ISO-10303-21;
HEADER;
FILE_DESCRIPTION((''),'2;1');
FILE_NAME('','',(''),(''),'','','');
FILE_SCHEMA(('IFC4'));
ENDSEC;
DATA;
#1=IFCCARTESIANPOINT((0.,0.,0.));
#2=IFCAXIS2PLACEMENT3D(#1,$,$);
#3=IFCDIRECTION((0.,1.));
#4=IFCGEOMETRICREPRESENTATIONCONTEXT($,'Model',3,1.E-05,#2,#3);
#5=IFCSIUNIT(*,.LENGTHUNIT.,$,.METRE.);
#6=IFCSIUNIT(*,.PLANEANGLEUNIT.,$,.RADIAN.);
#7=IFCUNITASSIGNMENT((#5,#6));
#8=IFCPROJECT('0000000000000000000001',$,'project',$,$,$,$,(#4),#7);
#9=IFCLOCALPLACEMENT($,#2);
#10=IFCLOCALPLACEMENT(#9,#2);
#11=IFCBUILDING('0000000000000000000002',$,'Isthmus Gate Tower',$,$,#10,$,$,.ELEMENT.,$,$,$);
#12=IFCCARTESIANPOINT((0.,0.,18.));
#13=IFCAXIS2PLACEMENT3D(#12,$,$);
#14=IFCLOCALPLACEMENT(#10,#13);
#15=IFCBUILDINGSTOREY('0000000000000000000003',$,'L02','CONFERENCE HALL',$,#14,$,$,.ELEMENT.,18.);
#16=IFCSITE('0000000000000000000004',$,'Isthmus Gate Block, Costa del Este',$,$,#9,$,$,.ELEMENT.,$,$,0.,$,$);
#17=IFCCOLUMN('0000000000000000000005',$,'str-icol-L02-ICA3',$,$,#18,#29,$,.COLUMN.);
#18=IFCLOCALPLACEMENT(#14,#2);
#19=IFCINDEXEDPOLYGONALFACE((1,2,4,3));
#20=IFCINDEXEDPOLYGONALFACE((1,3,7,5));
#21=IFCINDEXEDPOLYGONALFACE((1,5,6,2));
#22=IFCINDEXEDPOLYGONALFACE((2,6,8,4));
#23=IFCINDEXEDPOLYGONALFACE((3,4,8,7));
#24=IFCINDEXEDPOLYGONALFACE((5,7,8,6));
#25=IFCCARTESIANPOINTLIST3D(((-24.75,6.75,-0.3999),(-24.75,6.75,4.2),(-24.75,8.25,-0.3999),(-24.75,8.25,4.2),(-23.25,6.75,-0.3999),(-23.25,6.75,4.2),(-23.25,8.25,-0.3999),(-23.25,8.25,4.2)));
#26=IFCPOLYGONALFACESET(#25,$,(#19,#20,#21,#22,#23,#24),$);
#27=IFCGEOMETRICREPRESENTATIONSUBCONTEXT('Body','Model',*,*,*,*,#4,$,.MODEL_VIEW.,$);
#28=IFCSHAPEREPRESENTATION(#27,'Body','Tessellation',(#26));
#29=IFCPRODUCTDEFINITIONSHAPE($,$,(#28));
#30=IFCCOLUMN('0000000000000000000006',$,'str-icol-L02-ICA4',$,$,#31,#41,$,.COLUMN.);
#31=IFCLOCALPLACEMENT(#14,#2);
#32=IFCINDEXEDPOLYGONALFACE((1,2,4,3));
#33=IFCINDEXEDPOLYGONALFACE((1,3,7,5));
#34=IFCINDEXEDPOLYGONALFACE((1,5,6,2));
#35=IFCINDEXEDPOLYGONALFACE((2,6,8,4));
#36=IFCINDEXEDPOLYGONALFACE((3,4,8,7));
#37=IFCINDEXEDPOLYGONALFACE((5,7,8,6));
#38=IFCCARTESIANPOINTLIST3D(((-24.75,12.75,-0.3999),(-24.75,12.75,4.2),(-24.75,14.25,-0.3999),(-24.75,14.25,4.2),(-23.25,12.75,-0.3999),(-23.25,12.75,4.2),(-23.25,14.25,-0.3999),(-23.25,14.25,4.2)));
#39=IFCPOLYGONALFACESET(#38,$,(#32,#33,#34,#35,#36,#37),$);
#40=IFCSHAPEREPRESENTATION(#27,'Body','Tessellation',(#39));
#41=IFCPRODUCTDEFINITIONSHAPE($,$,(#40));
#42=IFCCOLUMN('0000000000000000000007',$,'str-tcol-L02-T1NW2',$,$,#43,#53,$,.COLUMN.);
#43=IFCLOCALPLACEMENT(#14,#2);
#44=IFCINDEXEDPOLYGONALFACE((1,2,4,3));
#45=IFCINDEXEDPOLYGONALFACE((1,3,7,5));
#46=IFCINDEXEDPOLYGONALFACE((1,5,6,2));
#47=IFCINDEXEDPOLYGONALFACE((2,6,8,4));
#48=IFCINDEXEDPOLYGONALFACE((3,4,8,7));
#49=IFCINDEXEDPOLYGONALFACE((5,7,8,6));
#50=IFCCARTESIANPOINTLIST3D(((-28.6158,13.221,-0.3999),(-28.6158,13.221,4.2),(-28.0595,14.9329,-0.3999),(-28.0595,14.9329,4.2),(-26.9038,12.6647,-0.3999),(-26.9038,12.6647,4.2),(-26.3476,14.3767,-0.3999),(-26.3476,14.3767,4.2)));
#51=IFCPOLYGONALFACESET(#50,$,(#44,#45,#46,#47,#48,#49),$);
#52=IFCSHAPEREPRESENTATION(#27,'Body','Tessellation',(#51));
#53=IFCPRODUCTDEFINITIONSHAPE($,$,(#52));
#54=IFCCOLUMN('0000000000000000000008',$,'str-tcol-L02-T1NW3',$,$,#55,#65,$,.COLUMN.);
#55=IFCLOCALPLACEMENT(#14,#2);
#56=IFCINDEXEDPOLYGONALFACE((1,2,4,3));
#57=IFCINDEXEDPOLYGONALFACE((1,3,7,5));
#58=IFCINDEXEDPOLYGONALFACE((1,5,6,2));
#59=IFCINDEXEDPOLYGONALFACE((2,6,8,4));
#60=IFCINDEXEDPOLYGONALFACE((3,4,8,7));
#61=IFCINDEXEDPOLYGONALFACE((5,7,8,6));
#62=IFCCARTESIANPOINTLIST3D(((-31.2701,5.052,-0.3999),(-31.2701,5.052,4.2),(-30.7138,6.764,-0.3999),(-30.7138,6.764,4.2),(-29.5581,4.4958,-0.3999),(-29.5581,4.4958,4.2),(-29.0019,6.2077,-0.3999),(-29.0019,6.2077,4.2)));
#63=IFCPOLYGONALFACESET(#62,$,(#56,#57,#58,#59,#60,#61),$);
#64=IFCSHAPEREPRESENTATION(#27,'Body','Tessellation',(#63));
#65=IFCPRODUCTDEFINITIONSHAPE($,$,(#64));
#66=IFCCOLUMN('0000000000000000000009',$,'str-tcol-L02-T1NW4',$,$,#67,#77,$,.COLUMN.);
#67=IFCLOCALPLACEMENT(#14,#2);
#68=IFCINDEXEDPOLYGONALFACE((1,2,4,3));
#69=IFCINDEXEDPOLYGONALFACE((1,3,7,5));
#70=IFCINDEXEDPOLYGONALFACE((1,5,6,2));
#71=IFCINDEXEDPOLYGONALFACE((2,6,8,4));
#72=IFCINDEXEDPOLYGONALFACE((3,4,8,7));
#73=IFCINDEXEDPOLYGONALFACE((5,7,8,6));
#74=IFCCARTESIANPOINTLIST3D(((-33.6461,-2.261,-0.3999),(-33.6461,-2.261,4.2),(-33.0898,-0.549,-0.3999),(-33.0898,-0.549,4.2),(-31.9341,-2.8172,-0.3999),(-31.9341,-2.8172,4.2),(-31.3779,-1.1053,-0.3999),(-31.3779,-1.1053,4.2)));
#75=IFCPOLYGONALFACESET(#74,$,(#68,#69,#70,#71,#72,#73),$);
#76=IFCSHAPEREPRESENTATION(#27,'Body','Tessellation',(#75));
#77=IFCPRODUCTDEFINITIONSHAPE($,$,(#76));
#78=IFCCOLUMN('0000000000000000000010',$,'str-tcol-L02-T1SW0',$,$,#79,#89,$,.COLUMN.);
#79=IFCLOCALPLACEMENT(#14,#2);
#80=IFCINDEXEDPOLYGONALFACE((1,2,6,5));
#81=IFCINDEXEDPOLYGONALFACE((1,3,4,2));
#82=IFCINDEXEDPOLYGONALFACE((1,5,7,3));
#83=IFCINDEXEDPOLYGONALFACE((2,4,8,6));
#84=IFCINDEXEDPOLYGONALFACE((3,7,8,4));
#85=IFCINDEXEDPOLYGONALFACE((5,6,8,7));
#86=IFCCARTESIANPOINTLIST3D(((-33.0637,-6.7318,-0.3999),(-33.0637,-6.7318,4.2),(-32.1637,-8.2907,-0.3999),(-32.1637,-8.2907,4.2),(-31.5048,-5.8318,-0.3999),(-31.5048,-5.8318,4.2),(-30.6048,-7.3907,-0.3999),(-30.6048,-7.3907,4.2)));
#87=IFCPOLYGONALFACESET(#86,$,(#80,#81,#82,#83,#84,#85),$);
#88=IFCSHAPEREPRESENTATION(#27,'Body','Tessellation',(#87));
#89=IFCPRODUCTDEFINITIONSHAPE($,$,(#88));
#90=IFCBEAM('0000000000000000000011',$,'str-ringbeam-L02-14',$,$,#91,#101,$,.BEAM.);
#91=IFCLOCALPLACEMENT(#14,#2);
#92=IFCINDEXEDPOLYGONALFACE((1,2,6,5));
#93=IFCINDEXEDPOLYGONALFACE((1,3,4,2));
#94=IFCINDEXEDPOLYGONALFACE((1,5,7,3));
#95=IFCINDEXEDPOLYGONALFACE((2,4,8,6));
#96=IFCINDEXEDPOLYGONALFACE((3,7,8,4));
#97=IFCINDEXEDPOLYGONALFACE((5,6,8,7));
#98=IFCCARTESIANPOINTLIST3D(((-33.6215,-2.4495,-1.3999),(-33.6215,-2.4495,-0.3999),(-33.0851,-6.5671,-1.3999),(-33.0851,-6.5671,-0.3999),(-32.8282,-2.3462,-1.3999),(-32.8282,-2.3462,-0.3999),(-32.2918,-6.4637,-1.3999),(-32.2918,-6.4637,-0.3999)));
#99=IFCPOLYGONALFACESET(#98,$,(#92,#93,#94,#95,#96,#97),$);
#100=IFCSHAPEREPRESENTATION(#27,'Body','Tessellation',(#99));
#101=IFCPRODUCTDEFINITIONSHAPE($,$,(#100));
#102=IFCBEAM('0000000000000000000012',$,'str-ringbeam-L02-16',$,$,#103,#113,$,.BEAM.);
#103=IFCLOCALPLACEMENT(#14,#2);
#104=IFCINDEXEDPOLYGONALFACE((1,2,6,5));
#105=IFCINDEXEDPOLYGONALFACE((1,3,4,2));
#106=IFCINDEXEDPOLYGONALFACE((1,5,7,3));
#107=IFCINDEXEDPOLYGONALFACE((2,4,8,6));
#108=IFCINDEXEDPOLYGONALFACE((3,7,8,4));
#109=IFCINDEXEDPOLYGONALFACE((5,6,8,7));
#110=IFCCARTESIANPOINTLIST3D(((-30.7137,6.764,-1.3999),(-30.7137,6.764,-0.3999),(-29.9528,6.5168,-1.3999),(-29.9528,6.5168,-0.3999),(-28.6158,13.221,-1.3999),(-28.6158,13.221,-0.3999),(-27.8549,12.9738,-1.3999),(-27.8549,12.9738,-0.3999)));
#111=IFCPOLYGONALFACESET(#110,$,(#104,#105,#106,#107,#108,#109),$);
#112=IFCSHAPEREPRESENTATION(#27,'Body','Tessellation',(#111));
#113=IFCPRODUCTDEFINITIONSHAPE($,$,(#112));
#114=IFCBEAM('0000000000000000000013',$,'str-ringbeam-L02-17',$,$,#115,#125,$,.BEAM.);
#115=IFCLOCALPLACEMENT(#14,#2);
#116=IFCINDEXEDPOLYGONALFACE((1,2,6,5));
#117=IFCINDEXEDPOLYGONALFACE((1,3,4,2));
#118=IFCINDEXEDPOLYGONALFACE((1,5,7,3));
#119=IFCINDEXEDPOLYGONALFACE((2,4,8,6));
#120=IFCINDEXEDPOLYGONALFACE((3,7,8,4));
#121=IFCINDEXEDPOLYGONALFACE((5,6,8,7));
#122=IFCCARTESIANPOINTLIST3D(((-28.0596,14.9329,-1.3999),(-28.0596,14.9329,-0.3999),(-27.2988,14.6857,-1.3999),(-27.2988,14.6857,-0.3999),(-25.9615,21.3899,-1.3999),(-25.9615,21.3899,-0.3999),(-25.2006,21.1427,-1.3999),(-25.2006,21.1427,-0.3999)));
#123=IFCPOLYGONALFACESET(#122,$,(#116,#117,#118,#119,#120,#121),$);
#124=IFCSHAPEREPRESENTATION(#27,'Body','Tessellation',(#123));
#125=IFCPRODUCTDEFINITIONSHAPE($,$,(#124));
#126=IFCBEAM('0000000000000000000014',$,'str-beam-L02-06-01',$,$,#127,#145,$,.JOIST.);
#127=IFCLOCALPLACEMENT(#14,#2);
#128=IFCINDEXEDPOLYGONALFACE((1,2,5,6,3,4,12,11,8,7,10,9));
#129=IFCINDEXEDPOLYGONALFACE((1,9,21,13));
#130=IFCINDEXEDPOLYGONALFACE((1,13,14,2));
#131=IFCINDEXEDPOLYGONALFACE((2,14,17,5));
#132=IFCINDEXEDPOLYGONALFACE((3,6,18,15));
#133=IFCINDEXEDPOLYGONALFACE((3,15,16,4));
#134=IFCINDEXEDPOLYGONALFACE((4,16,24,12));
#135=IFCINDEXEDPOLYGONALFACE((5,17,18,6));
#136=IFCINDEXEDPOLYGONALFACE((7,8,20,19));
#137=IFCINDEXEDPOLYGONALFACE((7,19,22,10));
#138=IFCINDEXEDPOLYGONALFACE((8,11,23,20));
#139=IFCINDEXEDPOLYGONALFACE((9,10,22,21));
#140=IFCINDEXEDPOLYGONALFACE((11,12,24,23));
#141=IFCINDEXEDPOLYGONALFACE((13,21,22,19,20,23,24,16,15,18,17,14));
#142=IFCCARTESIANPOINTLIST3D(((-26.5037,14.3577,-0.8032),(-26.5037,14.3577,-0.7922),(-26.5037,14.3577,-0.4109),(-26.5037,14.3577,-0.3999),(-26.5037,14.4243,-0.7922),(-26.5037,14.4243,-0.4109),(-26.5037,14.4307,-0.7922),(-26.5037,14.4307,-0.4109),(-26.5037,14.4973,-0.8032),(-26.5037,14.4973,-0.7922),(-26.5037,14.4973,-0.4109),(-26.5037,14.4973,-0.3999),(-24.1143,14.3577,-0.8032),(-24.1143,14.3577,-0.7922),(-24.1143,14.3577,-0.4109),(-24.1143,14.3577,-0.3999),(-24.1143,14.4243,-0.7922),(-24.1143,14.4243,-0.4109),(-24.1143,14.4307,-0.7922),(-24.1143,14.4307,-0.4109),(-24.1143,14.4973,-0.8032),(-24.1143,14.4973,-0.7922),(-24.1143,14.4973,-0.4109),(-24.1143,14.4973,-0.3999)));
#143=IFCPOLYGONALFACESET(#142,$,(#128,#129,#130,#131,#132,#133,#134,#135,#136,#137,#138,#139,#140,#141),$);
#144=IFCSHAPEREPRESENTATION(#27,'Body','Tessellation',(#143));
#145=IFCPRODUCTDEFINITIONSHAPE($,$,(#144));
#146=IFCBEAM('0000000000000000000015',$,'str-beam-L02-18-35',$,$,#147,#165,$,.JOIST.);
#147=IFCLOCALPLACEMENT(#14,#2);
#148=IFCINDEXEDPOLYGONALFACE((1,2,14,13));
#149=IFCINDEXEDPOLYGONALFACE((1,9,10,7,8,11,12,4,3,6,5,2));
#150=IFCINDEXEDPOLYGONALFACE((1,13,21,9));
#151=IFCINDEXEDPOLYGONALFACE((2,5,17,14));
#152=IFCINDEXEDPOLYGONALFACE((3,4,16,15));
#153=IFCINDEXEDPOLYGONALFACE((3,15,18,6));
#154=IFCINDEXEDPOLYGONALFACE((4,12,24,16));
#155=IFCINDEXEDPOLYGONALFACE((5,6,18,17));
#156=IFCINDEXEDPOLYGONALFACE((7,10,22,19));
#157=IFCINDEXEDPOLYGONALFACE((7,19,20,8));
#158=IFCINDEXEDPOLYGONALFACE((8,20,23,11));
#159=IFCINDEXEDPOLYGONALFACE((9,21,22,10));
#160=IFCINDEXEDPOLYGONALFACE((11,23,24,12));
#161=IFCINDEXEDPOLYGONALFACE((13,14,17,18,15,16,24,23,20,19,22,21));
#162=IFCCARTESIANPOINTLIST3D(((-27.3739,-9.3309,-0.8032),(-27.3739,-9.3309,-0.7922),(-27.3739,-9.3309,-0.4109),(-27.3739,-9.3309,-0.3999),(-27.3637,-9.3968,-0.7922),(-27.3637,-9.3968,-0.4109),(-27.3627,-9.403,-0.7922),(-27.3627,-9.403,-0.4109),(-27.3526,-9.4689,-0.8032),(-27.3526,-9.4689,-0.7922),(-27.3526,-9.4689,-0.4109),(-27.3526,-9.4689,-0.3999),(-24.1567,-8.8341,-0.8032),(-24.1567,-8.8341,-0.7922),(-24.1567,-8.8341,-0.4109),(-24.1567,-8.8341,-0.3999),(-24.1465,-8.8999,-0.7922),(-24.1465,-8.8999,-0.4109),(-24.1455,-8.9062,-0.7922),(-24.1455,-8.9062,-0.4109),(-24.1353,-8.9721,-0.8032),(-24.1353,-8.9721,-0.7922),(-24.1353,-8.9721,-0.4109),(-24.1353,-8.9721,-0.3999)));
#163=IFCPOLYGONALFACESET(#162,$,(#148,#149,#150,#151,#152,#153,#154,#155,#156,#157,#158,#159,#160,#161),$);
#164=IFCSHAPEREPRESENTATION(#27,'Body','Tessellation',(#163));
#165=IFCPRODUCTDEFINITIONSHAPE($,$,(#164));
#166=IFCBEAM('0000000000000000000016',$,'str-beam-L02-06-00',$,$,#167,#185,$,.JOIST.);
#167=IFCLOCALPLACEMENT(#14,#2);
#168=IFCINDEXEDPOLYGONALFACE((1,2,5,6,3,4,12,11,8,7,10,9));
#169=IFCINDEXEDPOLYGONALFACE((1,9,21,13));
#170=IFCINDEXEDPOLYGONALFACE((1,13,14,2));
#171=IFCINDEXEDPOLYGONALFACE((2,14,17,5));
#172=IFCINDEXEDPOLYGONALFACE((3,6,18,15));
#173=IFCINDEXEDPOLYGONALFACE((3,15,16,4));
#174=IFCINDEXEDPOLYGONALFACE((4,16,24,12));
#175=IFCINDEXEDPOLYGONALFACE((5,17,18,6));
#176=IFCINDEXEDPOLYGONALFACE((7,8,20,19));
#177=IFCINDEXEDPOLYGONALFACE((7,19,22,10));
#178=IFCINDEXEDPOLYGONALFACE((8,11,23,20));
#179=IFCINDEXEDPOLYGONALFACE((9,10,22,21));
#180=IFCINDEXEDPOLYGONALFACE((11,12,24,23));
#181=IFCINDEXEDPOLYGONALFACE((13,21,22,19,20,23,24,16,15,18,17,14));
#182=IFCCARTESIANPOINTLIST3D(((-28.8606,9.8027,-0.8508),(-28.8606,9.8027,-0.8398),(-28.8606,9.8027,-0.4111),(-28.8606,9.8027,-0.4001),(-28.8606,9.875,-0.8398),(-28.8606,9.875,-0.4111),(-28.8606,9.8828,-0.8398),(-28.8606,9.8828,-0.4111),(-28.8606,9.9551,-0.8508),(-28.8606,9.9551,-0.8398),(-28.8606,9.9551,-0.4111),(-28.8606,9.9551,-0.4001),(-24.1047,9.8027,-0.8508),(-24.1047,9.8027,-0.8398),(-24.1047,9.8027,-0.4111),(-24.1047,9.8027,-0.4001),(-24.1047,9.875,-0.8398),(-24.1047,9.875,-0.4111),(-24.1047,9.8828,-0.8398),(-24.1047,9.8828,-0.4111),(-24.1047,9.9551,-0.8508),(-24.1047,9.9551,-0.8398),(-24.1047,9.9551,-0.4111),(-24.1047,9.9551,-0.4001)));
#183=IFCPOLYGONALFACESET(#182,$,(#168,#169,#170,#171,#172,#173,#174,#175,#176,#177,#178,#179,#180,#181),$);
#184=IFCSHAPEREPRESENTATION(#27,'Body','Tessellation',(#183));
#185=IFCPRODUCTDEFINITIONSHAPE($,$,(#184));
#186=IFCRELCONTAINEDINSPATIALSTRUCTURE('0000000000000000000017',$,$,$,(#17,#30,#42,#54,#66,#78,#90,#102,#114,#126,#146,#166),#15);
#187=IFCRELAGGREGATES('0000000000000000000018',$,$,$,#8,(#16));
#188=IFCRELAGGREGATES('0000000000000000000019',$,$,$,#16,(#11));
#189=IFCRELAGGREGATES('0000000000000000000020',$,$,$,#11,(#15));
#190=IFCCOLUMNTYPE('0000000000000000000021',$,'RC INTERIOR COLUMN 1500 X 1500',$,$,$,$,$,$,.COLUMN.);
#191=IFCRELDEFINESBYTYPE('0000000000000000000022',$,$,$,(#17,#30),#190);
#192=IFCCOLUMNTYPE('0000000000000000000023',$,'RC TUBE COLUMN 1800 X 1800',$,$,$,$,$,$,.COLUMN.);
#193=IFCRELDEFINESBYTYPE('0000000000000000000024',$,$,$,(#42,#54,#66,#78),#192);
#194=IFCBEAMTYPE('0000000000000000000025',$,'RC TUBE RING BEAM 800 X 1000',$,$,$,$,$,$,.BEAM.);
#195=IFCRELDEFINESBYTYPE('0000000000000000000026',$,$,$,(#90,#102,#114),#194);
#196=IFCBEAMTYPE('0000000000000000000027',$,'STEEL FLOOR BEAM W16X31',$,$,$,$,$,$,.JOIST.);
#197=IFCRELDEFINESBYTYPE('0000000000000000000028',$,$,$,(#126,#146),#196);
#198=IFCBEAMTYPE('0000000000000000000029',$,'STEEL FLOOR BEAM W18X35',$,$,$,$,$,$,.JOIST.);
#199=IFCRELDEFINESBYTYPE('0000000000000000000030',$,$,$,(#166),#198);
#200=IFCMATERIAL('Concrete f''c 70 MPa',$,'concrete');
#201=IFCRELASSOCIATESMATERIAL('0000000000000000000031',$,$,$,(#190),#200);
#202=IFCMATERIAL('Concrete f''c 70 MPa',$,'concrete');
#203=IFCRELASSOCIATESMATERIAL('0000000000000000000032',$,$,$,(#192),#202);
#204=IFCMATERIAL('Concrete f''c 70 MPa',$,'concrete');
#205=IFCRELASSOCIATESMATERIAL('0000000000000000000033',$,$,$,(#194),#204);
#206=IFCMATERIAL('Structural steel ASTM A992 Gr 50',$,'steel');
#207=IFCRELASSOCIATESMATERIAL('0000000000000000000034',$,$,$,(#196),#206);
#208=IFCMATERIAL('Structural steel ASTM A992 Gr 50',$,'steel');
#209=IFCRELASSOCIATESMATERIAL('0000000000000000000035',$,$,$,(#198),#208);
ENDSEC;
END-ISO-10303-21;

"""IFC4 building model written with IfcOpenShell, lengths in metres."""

from ifc_helpers import new_model, si_unit, direction, frame, origin, origin_2d, place, context, subcontext, project, spatial, rectangle, i_section, extrude, material, material_profile, profile_set, type_object, element, save


model = new_model("IFC4")

# Units and contexts
model_context = context("Model", 3, precision=1e-05, world=origin(), true_north=direction((0.0, 1.0)))
body_context = subcontext(model_context, "Body", "Model", "MODEL_VIEW")
ifc_project = project(units=[si_unit("LENGTHUNIT", "METRE"), si_unit("PLANEANGLEUNIT", "RADIAN")], contexts=[model_context])

# Site, building, storey
site_placement = place(None, origin())
site = spatial("IfcSite", under=ifc_project, at=site_placement, Name="Isthmus Gate Block, Costa del Este", CompositionType="ELEMENT", RefElevation=0.0)
building_placement = place(site_placement, origin())
building = spatial("IfcBuilding", under=site, at=building_placement, Name="Isthmus Gate Tower", CompositionType="ELEMENT")
storey_placement = place(building_placement, frame((0.0, 0.0, 18.0)))
storey = spatial("IfcBuildingStorey", under=building, at=storey_placement, Name="L02", Description="CONFERENCE HALL", CompositionType="ELEMENT", Elevation=18.0)

# Columns
ifc_material_1 = material(Name="Concrete f'c 70 MPa", Category="concrete")
ifc_material_profile_1 = material_profile(ifc_material_1, rectangle(XDim=1.5, YDim=1.5, at=origin_2d()), Name="RC 1500X1500")
ifc_profile_set_1 = profile_set([ifc_material_profile_1], Name="Concrete f'c 70 MPa")
column_type_1 = type_object("IfcColumnType", Name="RC INTERIOR COLUMN 1500 X 1500", PredefinedType="COLUMN", material=ifc_profile_set_1)
for number, where, z_axis, x_axis, name in (
    (1, (-24.0, 7.5, -0.3999), (0.0, 0.0, 1.0), (1.0, 0.0, 0.0), "str-icol-L02-ICA3"),
    (2, (-24.0, 13.5, -0.3999), (0.0, 0.0, 1.0), (1.0, 0.0, 0.0), "str-icol-L02-ICA4"),
):
    element("IfcColumn", number, at=place(storey_placement, frame(where, z_axis=z_axis, x_axis=x_axis)), inside=storey, type_object=column_type_1, Name=name, PredefinedType="COLUMN", context=body_context, shape_type="SweptSolid", body=[
        extrude(rectangle(XDim=1.5, YDim=1.5, at=origin_2d()), origin(), (0.0, 0.0, 1.0), 4.5999),
    ])
ifc_material_2 = material(Name="Concrete f'c 70 MPa", Category="concrete")
ifc_material_profile_2 = material_profile(ifc_material_2, rectangle(XDim=1.8, YDim=1.8, at=origin_2d()), Name="RC 1800X1800")
ifc_profile_set_2 = profile_set([ifc_material_profile_2], Name="Concrete f'c 70 MPa")
column_type_2 = type_object("IfcColumnType", Name="RC TUBE COLUMN 1800 X 1800", PredefinedType="COLUMN", material=ifc_profile_set_2)
for number, where, z_axis, x_axis, name in (
    (3, (-27.4817, 13.7988, -0.3999), (0.0, 0.0, 1.0), (-0.309017, -0.951057, 0.0), "str-tcol-L02-T1NW2"),
    (4, (-30.136, 5.6299, -0.3999), (0.0, 0.0, 1.0), (-0.309017, -0.951057, 0.0), "str-tcol-L02-T1NW3"),
    (5, (-32.512, -1.6831, -0.3999), (0.0, 0.0, 1.0), (-0.309017, -0.951057, 0.0), "str-tcol-L02-T1NW4"),
    (6, (-31.8342, -7.0613, -0.3999), (0.0, 0.0, 1.0), (0.5, -0.866025, 0.0), "str-tcol-L02-T1SW0"),
):
    element("IfcColumn", number, at=place(storey_placement, frame(where, z_axis=z_axis, x_axis=x_axis)), inside=storey, type_object=column_type_2, Name=name, PredefinedType="COLUMN", context=body_context, shape_type="SweptSolid", body=[
        extrude(rectangle(XDim=1.8, YDim=1.8, at=origin_2d()), origin(), (0.0, 0.0, 1.0), 4.5999),
    ])

# Beams
ifc_material_3 = material(Name="Concrete f'c 70 MPa", Category="concrete")
ifc_material_profile_3 = material_profile(ifc_material_3, rectangle(XDim=0.8, YDim=1.0, at=origin_2d()), Name="RC 800X1000")
ifc_profile_set_3 = profile_set([ifc_material_profile_3], Name="Concrete f'c 70 MPa")
beam_type_1 = type_object("IfcBeamType", Name="RC TUBE RING BEAM 800 X 1000", PredefinedType="BEAM", material=ifc_profile_set_3)
beam_1_placement = place(storey_placement, frame((-32.6885, -6.5154, -0.8999), z_axis=(-0.129171, 0.991622, 0.0), x_axis=(-0.991622, -0.129171, 0.0)))
element("IfcBeam", 7, at=beam_1_placement, inside=storey, type_object=beam_type_1, Name="str-ringbeam-L02-14", PredefinedType="BEAM", context=body_context, shape_type="SweptSolid", body=[
    extrude(rectangle(XDim=0.8, YDim=1.0, at=origin_2d()), origin(), (0.0, 0.0, 1.0), 4.1523),
])
for number, where, z_axis, x_axis, name in (
    (8, (-30.3333, 6.6404, -0.8999), (0.309002, 0.951062, 0.0), (-0.951062, 0.309002, 0.0), "str-ringbeam-L02-16"),
    (9, (-27.6792, 14.8093, -0.8999), (0.309034, 0.951051, 0.0), (-0.951051, 0.309034, 0.0), "str-ringbeam-L02-17"),
):
    element("IfcBeam", number, at=place(storey_placement, frame(where, z_axis=z_axis, x_axis=x_axis)), inside=storey, type_object=beam_type_1, Name=name, PredefinedType="BEAM", context=body_context, shape_type="SweptSolid", body=[
        extrude(rectangle(XDim=0.8, YDim=1.0, at=origin_2d()), origin(), (0.0, 0.0, 1.0), 6.7893),
    ])
ifc_material_4 = material(Name="Structural steel ASTM A992 Gr 50", Category="steel")
ifc_material_profile_4 = material_profile(ifc_material_4, i_section(OverallWidth=0.1396, OverallDepth=0.4033, WebThickness=0.0063, FlangeThickness=0.011, at=origin_2d()), Name="W16X31")
ifc_profile_set_4 = profile_set([ifc_material_profile_4], Name="Structural steel ASTM A992 Gr 50")
beam_type_2 = type_object("IfcBeamType", Name="STEEL FLOOR BEAM W16X31", PredefinedType="JOIST", material=ifc_profile_set_4)
beam_2_placement = place(storey_placement, frame((-26.5037, 14.4275, -0.6016), z_axis=(1.0, 0.0, 0.0), x_axis=(0.0, 1.0, 0.0)))
element("IfcBeam", 10, at=beam_2_placement, inside=storey, type_object=beam_type_2, Name="str-beam-L02-06-01", PredefinedType="JOIST", context=body_context, shape_type="SweptSolid", body=[
    extrude(i_section(OverallWidth=0.1396, OverallDepth=0.4033, WebThickness=0.0063, FlangeThickness=0.011, at=origin_2d()), origin(), (0.0, 0.0, 1.0), 2.3894),
])
beam_3_placement = place(storey_placement, frame((-24.146, -8.9031, -0.6016), z_axis=(-0.988286, -0.152615, 0.0), x_axis=(0.152615, -0.988286, 0.0)))
element("IfcBeam", 11, at=beam_3_placement, inside=storey, type_object=beam_type_2, Name="str-beam-L02-18-35", PredefinedType="JOIST", context=body_context, shape_type="SweptSolid", body=[
    extrude(i_section(OverallWidth=0.1396, OverallDepth=0.4033, WebThickness=0.0063, FlangeThickness=0.011, at=origin_2d()), origin(), (0.0, 0.0, 1.0), 3.2554),
])
ifc_material_5 = material(Name="Structural steel ASTM A992 Gr 50", Category="steel")
ifc_material_profile_5 = material_profile(ifc_material_5, i_section(OverallWidth=0.1523, OverallDepth=0.4507, WebThickness=0.0078, FlangeThickness=0.011, at=origin_2d()), Name="W18X35")
ifc_profile_set_5 = profile_set([ifc_material_profile_5], Name="Structural steel ASTM A992 Gr 50")
beam_type_3 = type_object("IfcBeamType", Name="STEEL FLOOR BEAM W18X35", PredefinedType="JOIST", material=ifc_profile_set_5)
beam_4_placement = place(storey_placement, frame((-28.8606, 9.8789, -0.6255), z_axis=(1.0, 0.0, 0.0), x_axis=(0.0, 1.0, 0.0)))
element("IfcBeam", 12, at=beam_4_placement, inside=storey, type_object=beam_type_3, Name="str-beam-L02-06-00", PredefinedType="JOIST", context=body_context, shape_type="SweptSolid", body=[
    extrude(i_section(OverallWidth=0.1523, OverallDepth=0.4507, WebThickness=0.0078, FlangeThickness=0.011, at=origin_2d()), origin(), (0.0, 0.0, 1.0), 4.7559),
])

save(model, "model.ifc")
